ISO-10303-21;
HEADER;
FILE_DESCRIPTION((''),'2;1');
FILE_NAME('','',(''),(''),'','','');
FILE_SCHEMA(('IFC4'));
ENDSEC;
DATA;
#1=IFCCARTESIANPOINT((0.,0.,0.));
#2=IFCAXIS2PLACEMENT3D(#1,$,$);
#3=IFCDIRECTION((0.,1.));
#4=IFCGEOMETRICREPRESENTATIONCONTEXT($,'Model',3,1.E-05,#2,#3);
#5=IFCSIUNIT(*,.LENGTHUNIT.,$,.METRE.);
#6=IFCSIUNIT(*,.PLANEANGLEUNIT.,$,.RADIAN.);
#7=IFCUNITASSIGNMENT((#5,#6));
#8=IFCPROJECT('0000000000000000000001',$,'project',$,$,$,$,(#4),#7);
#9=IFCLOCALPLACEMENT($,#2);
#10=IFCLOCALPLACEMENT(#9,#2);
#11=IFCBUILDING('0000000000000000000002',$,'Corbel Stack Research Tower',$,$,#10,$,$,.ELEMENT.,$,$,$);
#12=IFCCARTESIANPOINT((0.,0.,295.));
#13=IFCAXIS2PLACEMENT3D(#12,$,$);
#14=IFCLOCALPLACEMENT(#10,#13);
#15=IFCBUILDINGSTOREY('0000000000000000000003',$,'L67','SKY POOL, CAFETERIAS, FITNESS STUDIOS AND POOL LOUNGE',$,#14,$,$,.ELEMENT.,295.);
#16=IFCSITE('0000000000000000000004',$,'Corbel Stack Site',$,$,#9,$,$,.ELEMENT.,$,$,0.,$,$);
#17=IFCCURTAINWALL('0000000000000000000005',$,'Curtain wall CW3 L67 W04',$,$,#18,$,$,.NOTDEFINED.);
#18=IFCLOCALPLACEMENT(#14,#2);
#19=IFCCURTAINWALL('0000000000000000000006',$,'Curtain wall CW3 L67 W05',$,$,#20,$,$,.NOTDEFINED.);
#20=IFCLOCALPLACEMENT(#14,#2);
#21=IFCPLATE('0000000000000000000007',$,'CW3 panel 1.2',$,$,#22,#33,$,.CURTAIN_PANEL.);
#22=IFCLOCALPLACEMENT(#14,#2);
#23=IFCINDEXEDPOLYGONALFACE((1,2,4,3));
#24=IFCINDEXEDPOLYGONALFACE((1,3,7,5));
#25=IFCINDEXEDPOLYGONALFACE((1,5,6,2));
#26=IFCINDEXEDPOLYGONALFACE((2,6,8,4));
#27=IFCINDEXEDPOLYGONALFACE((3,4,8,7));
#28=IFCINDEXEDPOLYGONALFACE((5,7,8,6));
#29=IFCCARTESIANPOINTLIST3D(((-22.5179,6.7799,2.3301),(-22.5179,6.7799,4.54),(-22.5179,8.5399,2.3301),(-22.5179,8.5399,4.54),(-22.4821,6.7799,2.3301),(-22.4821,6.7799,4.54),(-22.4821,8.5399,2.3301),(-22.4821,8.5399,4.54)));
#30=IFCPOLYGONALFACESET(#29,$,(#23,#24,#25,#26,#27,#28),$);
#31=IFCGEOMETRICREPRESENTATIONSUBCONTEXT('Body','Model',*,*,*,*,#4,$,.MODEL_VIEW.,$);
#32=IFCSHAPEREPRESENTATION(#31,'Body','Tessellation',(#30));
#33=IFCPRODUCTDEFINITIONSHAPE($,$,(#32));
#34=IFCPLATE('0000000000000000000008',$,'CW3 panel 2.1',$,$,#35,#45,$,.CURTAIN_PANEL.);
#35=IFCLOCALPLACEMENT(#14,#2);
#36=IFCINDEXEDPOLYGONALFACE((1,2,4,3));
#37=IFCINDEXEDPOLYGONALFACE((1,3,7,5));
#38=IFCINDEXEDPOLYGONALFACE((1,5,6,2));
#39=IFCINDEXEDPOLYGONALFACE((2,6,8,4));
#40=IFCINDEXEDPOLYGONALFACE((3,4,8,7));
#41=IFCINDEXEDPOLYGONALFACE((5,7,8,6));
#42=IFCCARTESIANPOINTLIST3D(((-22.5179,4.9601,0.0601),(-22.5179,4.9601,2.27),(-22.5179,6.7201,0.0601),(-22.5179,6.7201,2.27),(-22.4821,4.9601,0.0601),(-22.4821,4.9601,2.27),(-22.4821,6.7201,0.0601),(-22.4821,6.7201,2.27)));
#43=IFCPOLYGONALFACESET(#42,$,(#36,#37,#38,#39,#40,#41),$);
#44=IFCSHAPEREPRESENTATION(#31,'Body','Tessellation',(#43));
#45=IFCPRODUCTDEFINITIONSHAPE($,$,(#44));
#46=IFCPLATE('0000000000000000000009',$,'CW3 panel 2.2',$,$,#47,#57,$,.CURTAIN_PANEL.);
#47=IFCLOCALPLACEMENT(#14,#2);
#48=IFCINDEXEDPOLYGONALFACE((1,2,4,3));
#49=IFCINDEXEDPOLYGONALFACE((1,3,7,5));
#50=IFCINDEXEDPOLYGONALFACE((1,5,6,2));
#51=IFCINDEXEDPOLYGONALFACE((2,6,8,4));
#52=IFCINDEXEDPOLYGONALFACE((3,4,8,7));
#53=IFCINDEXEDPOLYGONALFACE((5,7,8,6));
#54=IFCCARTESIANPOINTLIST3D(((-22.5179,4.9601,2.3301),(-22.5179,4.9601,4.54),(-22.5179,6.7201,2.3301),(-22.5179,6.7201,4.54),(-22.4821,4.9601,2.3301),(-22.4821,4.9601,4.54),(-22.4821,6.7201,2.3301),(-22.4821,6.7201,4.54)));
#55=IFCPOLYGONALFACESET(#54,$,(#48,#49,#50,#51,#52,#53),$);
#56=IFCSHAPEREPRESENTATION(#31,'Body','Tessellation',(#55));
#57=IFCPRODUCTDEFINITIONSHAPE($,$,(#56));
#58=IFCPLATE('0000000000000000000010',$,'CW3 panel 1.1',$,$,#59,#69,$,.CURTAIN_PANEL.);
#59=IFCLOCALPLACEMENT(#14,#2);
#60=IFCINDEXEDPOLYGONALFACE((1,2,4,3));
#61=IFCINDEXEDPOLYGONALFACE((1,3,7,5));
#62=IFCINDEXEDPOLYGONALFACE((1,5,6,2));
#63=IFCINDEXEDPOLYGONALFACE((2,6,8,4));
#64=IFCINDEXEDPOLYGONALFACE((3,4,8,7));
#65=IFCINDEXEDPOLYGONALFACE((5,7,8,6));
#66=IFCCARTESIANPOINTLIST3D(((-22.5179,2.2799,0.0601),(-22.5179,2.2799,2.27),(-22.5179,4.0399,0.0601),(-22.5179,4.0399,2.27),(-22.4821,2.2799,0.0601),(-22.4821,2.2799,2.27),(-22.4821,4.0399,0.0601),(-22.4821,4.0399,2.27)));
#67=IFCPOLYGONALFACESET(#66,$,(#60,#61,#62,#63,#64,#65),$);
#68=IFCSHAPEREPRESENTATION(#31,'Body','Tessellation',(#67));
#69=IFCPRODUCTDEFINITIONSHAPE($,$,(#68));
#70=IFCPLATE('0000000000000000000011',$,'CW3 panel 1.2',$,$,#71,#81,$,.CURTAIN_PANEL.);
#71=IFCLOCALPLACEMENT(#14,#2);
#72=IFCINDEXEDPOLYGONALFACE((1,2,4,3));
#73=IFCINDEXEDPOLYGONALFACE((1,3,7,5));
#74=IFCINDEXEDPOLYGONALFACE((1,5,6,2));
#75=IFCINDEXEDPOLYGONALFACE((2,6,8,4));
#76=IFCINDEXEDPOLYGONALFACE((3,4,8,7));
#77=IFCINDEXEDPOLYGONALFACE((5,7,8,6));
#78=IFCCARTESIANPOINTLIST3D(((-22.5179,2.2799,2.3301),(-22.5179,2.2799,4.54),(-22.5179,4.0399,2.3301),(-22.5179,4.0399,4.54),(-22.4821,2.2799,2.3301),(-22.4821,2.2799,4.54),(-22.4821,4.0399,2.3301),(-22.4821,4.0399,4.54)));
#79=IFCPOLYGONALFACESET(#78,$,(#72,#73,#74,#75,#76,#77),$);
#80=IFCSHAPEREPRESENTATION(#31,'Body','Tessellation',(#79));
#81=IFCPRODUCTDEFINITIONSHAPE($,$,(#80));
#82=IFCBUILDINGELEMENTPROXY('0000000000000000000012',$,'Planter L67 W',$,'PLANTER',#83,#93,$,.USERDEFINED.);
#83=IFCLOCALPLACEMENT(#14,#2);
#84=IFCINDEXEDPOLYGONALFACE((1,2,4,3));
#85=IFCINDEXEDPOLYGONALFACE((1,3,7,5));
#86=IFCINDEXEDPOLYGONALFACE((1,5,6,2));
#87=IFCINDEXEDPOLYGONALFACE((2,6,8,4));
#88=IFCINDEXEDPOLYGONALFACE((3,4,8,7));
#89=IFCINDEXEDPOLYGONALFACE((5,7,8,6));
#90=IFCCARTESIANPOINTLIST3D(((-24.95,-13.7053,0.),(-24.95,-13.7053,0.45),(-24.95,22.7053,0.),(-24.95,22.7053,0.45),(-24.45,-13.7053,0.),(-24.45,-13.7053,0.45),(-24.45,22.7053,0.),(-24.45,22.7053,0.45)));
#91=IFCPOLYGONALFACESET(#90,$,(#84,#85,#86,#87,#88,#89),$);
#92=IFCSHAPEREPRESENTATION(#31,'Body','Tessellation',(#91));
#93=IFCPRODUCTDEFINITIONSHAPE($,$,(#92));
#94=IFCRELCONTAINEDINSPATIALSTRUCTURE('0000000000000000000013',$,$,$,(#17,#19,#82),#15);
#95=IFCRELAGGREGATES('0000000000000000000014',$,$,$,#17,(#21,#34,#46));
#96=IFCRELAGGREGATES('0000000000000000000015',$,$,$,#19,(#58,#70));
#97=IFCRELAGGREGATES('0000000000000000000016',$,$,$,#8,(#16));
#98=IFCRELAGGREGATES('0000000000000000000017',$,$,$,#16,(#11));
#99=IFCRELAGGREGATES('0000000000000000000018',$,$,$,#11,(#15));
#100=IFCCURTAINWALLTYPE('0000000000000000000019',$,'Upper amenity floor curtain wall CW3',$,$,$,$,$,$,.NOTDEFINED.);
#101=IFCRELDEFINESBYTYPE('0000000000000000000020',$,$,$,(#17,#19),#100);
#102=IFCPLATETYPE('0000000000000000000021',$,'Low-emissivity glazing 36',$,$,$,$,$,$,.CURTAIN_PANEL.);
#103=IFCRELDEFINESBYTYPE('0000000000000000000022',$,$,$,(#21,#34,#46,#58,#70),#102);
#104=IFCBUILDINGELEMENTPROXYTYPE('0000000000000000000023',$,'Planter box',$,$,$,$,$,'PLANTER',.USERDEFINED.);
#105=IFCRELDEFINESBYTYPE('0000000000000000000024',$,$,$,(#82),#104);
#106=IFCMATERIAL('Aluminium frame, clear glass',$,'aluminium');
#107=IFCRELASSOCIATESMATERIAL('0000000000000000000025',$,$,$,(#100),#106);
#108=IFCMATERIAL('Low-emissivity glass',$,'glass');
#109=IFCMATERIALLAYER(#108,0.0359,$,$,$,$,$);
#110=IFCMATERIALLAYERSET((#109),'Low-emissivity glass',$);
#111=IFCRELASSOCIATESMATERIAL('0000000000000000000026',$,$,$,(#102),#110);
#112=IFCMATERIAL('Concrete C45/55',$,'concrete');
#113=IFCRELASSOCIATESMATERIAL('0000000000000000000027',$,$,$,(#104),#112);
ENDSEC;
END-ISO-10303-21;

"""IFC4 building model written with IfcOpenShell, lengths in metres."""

from ifc_helpers import new_model, si_unit, direction, frame, origin, origin_2d, place, context, subcontext, project, spatial, rectangle, extrude, material, layer, layer_set, type_object, element, aggregate, save


model = new_model("IFC4")

# Units and contexts
model_context = context("Model", 3, precision=1e-05, world=origin(), true_north=direction((0.0, 1.0)))
body_context = subcontext(model_context, "Body", "Model", "MODEL_VIEW")
ifc_project = project(units=[si_unit("LENGTHUNIT", "METRE"), si_unit("PLANEANGLEUNIT", "RADIAN")], contexts=[model_context])

# Site, building, storey
site_placement = place(None, origin())
site = spatial("IfcSite", under=ifc_project, at=site_placement, Name="Corbel Stack Site", CompositionType="ELEMENT", RefElevation=0.0)
building_placement = place(site_placement, origin())
building = spatial("IfcBuilding", under=site, at=building_placement, Name="Corbel Stack Research Tower", CompositionType="ELEMENT")
storey_placement = place(building_placement, frame((0.0, 0.0, 295.0)))
storey = spatial("IfcBuildingStorey", under=building, at=storey_placement, Name="L67", Description="SKY POOL, CAFETERIAS, FITNESS STUDIOS AND POOL LOUNGE", CompositionType="ELEMENT", Elevation=295.0)

# Curtain wall
ifc_material_1 = material(Name="Aluminium frame, clear glass", Category="aluminium")
curtain_wall_type = type_object("IfcCurtainWallType", Name="Upper amenity floor curtain wall CW3", PredefinedType="NOTDEFINED", material=ifc_material_1)
curtain_wall_1_placement = place(storey_placement, origin())
curtain_wall_1 = element("IfcCurtainWall", 1, at=curtain_wall_1_placement, inside=storey, type_object=curtain_wall_type, Name="Curtain wall CW3 L67 W04", PredefinedType="NOTDEFINED")

# Curtain wall
curtain_wall_2_placement = place(storey_placement, origin())
curtain_wall_2 = element("IfcCurtainWall", 2, at=curtain_wall_2_placement, inside=storey, type_object=curtain_wall_type, Name="Curtain wall CW3 L67 W05", PredefinedType="NOTDEFINED")

# Plates
ifc_material_2 = material(Name="Low-emissivity glass", Category="glass")
ifc_layer = layer(ifc_material_2, 0.0359)
ifc_layer_set = layer_set([ifc_layer], Name="Low-emissivity glass")
plate_type = type_object("IfcPlateType", Name="Low-emissivity glazing 36", PredefinedType="CURTAIN_PANEL", material=ifc_layer_set)
plate_1_placement = place(storey_placement, frame((-22.5, 7.6599, 2.3301), z_axis=(0.0, 0.0, 1.0), x_axis=(0.0, -1.0, 0.0)))
plate_1 = element("IfcPlate", 3, at=plate_1_placement, type_object=plate_type, Name="CW3 panel 1.2", PredefinedType="CURTAIN_PANEL", context=body_context, shape_type="SweptSolid", body=[
    extrude(rectangle(XDim=1.76, YDim=0.0359, at=origin_2d()), origin(), (0.0, 0.0, 1.0), 2.21),
])
plate_2_placement = place(storey_placement, frame((-22.5, 5.8401, 0.0601), z_axis=(0.0, 0.0, 1.0), x_axis=(0.0, -1.0, 0.0)))
plate_2 = element("IfcPlate", 4, at=plate_2_placement, type_object=plate_type, Name="CW3 panel 2.1", PredefinedType="CURTAIN_PANEL", context=body_context, shape_type="SweptSolid", body=[
    extrude(rectangle(XDim=1.76, YDim=0.0359, at=origin_2d()), origin(), (0.0, 0.0, 1.0), 2.21),
])
plate_3_placement = place(storey_placement, frame((-22.5, 5.8401, 2.3301), z_axis=(0.0, 0.0, 1.0), x_axis=(0.0, -1.0, 0.0)))
plate_3 = element("IfcPlate", 5, at=plate_3_placement, type_object=plate_type, Name="CW3 panel 2.2", PredefinedType="CURTAIN_PANEL", context=body_context, shape_type="SweptSolid", body=[
    extrude(rectangle(XDim=1.76, YDim=0.0359, at=origin_2d()), origin(), (0.0, 0.0, 1.0), 2.21),
])
aggregate(curtain_wall_1, [plate_1, plate_2, plate_3])
plate_4_placement = place(storey_placement, frame((-22.5, 3.1599, 0.0601), z_axis=(0.0, 0.0, 1.0), x_axis=(0.0, -1.0, 0.0)))
plate_4 = element("IfcPlate", 6, at=plate_4_placement, type_object=plate_type, Name="CW3 panel 1.1", PredefinedType="CURTAIN_PANEL", context=body_context, shape_type="SweptSolid", body=[
    extrude(rectangle(XDim=1.76, YDim=0.0359, at=origin_2d()), origin(), (0.0, 0.0, 1.0), 2.21),
])
plate_5_placement = place(storey_placement, frame((-22.5, 3.1599, 2.3301), z_axis=(0.0, 0.0, 1.0), x_axis=(0.0, -1.0, 0.0)))
plate_5 = element("IfcPlate", 7, at=plate_5_placement, type_object=plate_type, Name="CW3 panel 1.2", PredefinedType="CURTAIN_PANEL", context=body_context, shape_type="SweptSolid", body=[
    extrude(rectangle(XDim=1.76, YDim=0.0359, at=origin_2d()), origin(), (0.0, 0.0, 1.0), 2.21),
])
aggregate(curtain_wall_2, [plate_4, plate_5])

# Building element proxy
ifc_material_3 = material(Name="Concrete C45/55", Category="concrete")
building_element_proxy_type = type_object("IfcBuildingElementProxyType", Name="Planter box", ElementType="PLANTER", PredefinedType="USERDEFINED", material=ifc_material_3)
proxy_placement = place(storey_placement, frame((-24.7, 4.5, 0.0), z_axis=(0.0, 0.0, 1.0), x_axis=(0.0, -1.0, 0.0)))
element("IfcBuildingElementProxy", 8, at=proxy_placement, inside=storey, type_object=building_element_proxy_type, Name="Planter L67 W", ObjectType="PLANTER", PredefinedType="USERDEFINED", context=body_context, shape_type="SweptSolid", body=[
    extrude(rectangle(XDim=36.4106, YDim=0.5, at=origin_2d()), origin(), (0.0, 0.0, 1.0), 0.45),
])

save(model, "model.ifc")
